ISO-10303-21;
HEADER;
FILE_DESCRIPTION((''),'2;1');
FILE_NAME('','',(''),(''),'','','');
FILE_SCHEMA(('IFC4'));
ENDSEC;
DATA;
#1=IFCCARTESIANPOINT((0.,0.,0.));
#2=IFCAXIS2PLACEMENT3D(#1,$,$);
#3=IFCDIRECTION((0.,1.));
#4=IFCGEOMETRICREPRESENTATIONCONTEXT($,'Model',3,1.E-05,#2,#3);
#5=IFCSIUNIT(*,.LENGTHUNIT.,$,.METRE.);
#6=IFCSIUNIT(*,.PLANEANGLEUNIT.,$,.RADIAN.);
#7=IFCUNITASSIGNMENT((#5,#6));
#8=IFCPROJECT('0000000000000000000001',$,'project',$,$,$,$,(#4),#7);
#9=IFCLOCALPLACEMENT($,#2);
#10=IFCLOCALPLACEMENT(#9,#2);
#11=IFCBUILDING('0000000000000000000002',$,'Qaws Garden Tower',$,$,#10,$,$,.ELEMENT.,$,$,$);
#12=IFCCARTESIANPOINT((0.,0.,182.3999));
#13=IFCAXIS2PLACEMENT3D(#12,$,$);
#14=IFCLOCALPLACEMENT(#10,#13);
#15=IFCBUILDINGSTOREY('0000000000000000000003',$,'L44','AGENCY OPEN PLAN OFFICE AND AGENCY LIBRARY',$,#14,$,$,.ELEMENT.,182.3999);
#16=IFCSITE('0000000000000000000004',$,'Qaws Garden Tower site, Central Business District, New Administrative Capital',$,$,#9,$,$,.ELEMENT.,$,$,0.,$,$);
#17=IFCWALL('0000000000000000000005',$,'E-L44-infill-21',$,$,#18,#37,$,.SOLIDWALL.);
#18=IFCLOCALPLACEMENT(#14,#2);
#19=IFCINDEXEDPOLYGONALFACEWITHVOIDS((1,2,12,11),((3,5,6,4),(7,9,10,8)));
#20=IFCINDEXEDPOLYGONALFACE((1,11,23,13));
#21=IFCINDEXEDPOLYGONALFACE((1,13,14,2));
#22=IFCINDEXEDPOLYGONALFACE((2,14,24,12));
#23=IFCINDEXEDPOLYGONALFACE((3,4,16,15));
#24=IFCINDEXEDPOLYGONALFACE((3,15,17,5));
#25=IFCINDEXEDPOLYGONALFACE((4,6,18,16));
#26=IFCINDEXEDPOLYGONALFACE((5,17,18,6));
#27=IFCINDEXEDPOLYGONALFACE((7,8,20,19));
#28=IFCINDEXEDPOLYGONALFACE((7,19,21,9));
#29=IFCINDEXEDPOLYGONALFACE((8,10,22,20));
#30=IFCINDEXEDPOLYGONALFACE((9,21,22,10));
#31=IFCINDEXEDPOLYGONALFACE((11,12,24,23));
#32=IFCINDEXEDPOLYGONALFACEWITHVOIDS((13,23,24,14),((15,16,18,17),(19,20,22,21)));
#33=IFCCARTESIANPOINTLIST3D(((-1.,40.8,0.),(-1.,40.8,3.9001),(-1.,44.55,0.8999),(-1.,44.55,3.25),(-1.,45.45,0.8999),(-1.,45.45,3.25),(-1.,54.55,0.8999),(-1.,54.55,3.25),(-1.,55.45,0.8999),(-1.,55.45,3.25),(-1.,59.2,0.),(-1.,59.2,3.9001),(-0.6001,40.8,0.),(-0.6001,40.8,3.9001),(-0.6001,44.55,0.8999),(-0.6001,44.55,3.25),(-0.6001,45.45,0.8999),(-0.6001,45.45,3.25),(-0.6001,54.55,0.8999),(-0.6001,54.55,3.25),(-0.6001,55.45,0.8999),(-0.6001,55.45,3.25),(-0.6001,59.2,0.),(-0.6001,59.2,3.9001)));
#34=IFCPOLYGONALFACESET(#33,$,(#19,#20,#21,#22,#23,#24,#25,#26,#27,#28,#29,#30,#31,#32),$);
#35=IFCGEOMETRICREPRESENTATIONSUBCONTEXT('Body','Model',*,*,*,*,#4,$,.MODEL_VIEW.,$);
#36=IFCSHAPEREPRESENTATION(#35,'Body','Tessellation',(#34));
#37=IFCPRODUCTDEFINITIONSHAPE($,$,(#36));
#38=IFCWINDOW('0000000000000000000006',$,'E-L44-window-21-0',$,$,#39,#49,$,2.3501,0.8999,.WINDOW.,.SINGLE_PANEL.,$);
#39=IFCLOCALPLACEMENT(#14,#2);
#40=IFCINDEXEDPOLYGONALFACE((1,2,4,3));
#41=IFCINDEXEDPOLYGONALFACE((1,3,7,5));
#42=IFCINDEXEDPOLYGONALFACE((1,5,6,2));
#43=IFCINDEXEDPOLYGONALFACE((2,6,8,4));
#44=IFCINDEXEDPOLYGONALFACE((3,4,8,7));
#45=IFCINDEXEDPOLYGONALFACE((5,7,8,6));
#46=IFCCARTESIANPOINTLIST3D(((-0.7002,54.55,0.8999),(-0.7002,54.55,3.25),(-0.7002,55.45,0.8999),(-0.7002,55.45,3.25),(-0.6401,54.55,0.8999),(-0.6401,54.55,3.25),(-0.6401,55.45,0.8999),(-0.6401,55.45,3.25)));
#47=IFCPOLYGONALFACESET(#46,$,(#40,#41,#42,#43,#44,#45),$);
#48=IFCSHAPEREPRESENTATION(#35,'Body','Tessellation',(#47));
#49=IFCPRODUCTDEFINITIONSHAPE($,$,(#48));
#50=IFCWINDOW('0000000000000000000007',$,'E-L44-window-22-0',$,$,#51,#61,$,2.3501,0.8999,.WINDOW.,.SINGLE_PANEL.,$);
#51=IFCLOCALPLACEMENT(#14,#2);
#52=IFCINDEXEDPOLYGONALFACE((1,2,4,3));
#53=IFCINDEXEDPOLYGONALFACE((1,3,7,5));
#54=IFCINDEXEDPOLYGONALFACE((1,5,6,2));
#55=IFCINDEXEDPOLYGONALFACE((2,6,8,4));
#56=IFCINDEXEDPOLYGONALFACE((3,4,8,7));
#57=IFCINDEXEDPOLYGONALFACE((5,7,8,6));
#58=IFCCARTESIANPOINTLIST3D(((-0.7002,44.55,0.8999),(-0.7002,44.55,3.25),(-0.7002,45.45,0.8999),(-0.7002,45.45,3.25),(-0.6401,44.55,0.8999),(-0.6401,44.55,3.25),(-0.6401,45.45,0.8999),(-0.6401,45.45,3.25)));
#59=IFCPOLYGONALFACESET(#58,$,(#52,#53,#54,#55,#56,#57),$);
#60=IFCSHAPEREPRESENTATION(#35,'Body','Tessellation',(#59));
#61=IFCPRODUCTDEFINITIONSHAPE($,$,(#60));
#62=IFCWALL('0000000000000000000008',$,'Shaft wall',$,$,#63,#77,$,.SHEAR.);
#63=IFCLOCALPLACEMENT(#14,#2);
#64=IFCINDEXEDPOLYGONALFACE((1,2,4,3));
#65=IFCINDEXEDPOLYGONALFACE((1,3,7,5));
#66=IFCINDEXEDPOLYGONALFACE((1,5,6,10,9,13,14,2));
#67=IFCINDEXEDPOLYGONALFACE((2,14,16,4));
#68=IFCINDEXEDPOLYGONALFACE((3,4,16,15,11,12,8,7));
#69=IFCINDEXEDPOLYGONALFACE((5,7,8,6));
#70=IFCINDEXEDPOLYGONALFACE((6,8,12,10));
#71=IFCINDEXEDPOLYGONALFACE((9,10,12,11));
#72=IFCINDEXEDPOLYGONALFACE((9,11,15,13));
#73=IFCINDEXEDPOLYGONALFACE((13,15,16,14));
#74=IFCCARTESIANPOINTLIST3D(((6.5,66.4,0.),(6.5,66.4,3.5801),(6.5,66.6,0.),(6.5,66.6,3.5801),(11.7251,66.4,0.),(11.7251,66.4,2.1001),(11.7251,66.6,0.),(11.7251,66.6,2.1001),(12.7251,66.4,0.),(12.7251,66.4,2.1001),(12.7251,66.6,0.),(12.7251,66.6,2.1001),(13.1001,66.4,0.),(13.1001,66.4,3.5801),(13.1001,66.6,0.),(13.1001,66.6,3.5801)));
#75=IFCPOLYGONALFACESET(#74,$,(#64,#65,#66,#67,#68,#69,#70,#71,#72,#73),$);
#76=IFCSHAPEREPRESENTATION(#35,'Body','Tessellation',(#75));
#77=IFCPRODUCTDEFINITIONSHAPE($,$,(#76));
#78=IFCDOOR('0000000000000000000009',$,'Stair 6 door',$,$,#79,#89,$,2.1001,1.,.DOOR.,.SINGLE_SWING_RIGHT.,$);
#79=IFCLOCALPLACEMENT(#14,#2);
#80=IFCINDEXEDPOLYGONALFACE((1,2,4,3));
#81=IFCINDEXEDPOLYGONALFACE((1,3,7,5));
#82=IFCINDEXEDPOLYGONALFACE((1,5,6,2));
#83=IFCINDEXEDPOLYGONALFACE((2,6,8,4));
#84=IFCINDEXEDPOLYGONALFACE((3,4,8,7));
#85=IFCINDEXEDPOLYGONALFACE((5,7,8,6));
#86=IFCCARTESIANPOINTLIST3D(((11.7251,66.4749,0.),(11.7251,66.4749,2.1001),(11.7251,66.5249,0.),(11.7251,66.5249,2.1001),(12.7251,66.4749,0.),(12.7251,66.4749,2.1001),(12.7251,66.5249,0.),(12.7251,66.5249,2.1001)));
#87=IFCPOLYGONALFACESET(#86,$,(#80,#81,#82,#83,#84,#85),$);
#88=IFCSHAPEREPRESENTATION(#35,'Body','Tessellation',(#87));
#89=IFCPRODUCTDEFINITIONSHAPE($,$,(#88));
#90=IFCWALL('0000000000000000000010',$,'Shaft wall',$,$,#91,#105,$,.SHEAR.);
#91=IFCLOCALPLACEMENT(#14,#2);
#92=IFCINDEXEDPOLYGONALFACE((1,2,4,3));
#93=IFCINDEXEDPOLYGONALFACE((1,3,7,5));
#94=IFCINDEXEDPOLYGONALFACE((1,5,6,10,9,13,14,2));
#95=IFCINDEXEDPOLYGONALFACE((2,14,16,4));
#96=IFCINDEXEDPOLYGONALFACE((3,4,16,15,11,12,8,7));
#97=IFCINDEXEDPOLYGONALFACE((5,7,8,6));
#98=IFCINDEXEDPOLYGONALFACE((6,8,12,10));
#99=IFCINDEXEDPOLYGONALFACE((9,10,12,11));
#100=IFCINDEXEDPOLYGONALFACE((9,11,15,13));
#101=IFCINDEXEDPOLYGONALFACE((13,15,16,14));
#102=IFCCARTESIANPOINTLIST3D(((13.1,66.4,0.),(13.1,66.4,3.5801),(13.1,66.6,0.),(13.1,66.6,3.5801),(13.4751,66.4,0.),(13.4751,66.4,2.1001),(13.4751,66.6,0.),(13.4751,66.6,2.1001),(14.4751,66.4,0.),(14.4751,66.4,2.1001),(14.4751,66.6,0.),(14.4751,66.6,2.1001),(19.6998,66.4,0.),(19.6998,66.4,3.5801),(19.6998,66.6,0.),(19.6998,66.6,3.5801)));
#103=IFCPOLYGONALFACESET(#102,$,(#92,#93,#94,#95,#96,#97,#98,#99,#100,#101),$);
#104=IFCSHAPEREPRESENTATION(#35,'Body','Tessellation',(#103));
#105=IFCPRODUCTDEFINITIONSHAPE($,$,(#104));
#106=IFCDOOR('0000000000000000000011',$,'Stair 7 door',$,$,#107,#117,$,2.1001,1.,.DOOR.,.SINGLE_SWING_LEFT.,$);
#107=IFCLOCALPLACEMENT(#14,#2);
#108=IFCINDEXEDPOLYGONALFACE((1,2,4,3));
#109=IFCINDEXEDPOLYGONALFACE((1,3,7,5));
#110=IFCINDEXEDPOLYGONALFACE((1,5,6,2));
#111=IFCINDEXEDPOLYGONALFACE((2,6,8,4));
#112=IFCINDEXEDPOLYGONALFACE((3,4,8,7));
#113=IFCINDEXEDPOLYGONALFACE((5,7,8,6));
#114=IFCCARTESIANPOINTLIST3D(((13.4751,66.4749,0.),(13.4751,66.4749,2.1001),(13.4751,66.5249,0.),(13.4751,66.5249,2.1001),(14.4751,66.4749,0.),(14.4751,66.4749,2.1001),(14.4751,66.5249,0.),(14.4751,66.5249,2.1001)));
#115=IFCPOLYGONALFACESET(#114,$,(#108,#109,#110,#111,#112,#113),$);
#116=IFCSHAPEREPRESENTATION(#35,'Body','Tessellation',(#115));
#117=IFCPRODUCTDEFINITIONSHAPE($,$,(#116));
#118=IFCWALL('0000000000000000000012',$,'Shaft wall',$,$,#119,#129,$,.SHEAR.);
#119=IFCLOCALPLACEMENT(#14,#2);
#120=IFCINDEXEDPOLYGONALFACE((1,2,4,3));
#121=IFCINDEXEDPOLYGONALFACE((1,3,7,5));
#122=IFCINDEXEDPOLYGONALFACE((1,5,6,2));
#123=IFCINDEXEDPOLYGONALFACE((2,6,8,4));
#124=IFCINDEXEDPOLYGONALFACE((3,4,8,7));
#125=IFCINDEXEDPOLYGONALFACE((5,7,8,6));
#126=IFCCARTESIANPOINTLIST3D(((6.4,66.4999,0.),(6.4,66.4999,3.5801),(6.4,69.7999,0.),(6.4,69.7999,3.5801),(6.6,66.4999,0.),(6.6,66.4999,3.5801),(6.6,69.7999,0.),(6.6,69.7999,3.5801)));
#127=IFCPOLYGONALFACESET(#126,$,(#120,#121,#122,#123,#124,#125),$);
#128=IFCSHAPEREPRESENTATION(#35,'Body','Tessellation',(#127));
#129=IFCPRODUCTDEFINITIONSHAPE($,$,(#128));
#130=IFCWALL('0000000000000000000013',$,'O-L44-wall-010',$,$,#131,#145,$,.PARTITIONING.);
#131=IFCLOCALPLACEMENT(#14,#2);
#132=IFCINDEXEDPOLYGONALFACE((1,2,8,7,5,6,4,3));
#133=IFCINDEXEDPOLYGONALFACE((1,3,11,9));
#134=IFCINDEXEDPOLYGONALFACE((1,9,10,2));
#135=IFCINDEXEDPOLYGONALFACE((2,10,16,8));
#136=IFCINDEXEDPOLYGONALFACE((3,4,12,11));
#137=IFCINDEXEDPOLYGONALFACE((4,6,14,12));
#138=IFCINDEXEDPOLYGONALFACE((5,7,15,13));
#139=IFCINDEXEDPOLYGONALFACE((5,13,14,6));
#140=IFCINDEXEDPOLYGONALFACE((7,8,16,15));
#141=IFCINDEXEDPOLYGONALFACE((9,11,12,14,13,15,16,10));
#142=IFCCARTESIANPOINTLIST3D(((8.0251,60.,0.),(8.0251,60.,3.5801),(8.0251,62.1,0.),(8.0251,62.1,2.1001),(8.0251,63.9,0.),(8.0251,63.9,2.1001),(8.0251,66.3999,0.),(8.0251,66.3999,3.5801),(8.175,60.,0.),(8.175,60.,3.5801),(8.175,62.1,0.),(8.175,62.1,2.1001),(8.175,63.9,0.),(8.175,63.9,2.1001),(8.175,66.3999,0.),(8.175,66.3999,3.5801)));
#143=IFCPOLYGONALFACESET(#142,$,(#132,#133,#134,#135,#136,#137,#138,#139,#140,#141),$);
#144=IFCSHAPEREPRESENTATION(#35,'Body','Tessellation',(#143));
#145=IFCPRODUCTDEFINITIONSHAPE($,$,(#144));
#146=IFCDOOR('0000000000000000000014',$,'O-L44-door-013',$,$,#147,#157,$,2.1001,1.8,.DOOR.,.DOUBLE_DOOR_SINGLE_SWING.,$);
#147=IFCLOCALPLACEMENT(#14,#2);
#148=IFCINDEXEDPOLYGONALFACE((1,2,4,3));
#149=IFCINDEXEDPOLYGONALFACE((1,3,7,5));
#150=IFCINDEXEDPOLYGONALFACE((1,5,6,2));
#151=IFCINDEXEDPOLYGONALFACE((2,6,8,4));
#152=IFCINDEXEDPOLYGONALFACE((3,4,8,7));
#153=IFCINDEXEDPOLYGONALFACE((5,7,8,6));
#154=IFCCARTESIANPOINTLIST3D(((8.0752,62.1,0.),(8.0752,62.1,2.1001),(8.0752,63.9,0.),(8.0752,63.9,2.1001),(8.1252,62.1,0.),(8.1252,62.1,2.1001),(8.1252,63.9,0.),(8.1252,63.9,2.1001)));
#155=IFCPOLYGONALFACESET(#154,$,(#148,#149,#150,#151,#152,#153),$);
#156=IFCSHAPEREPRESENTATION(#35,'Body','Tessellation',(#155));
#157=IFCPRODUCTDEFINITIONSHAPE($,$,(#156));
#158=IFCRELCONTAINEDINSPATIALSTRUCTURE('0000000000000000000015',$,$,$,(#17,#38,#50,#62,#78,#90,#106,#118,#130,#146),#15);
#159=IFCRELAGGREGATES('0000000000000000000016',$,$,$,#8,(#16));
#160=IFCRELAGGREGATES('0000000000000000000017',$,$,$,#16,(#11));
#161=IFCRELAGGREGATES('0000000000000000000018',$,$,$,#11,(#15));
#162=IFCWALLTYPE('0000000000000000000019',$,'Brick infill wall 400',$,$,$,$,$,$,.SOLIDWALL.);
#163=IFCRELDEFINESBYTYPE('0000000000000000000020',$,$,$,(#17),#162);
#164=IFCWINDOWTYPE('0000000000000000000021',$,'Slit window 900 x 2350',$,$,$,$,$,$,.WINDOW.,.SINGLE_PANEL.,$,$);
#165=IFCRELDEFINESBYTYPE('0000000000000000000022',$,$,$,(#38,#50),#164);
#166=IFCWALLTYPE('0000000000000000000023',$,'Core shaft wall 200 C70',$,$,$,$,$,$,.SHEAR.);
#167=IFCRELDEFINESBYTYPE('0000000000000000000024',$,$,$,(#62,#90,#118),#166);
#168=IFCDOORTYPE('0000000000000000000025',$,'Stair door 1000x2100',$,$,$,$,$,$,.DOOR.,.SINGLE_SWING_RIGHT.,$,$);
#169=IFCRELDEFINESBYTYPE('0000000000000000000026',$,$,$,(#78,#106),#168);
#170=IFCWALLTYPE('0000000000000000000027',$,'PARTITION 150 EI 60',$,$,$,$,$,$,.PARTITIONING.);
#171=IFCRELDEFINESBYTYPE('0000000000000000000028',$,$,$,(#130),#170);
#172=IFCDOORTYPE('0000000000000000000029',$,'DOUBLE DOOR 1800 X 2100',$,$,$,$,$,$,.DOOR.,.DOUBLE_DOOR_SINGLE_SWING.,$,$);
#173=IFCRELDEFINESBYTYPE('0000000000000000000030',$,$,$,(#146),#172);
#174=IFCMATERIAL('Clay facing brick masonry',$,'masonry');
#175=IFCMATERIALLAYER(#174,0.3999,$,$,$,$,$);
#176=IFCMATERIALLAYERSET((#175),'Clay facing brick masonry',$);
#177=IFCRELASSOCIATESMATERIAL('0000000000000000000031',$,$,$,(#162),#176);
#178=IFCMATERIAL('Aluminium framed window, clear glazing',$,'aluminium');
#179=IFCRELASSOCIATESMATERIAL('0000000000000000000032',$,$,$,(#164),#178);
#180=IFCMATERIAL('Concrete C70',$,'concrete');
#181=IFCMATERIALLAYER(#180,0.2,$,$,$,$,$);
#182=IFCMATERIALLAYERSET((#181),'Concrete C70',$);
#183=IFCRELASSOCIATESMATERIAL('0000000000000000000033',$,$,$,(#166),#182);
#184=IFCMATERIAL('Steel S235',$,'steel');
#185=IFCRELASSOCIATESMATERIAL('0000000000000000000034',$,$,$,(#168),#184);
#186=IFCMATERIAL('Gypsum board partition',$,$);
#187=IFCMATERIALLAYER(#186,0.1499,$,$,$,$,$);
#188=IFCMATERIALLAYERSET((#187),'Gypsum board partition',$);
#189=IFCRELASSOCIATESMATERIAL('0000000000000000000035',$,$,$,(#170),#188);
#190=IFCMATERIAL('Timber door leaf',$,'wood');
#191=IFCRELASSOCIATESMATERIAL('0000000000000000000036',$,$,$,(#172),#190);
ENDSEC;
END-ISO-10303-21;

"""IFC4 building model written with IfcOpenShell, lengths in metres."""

from ifc_helpers import new_model, si_unit, direction, frame, frame_2d, origin, place, context, subcontext, project, spatial, rectangle, extrude, material, layer, layer_set, type_object, element, fill, save


model = new_model("IFC4")

# Units and contexts
model_context = context("Model", 3, precision=1e-05, world=origin(), true_north=direction((0.0, 1.0)))
body_context = subcontext(model_context, "Body", "Model", "MODEL_VIEW")
ifc_project = project(units=[si_unit("LENGTHUNIT", "METRE"), si_unit("PLANEANGLEUNIT", "RADIAN")], contexts=[model_context])

# Site, building, storey
site_placement = place(None, origin())
site = spatial("IfcSite", under=ifc_project, at=site_placement, Name="Qaws Garden Tower site, Central Business District, New Administrative Capital", CompositionType="ELEMENT", RefElevation=0.0)
building_placement = place(site_placement, origin())
building = spatial("IfcBuilding", under=site, at=building_placement, Name="Qaws Garden Tower", CompositionType="ELEMENT")
storey_placement = place(building_placement, frame((0.0, 0.0, 182.3999)))
storey = spatial("IfcBuildingStorey", under=building, at=storey_placement, Name="L44", Description="AGENCY OPEN PLAN OFFICE AND AGENCY LIBRARY", CompositionType="ELEMENT", Elevation=182.3999)

# Shared definitions
ifc_material_1 = material(Name="Clay facing brick masonry", Category="masonry")
ifc_layer_1 = layer(ifc_material_1, 0.3999)
ifc_layer_set_1 = layer_set([ifc_layer_1], Name="Clay facing brick masonry")
wall_type_1 = type_object("IfcWallType", Name="Brick infill wall 400", PredefinedType="SOLIDWALL", material=ifc_layer_set_1)

# Wall, openings, windows
wall_1_placement = place(storey_placement, frame((-0.8, 59.2, 0.0), z_axis=(0.0, 0.0, 1.0), x_axis=(0.0, -1.0, 0.0)))
wall_1 = element("IfcWall", 1, at=wall_1_placement, inside=storey, type_object=wall_type_1, Name="E-L44-infill-21", PredefinedType="SOLIDWALL", context=body_context, shape_type="SweptSolid", body=[
    extrude(rectangle(XDim=18.3999, YDim=0.3999, at=frame_2d((9.2, 0.0))), origin(), (0.0, 0.0, 1.0), 3.9001),
])
opening_1_placement = place(wall_1_placement, frame((3.75, 0.0, 0.8999)))
opening_1 = element("IfcOpeningElement", 2, at=opening_1_placement, cuts=wall_1, PredefinedType="OPENING", context=body_context, shape_type="SweptSolid", body=[
    extrude(rectangle(XDim=0.8999, YDim=2.3501, at=frame_2d((0.45, 1.175))), frame((0.0, 0.21, 0.0), z_axis=(0.0, -1.0, 0.0), x_axis=(1.0, 0.0, 0.0)), (0.0, 0.0, 1.0), 0.4199),
])
opening_2_placement = place(wall_1_placement, frame((13.75, 0.0, 0.8999)))
opening_2 = element("IfcOpeningElement", 3, at=opening_2_placement, cuts=wall_1, PredefinedType="OPENING", context=body_context, shape_type="SweptSolid", body=[
    extrude(rectangle(XDim=0.8999, YDim=2.3501, at=frame_2d((0.45, 1.175))), frame((0.0, 0.21, 0.0), z_axis=(0.0, -1.0, 0.0), x_axis=(1.0, 0.0, 0.0)), (0.0, 0.0, 1.0), 0.4199),
])
ifc_material_2 = material(Name="Aluminium framed window, clear glazing", Category="aluminium")
window_type_1 = type_object("IfcWindowType", Name="Slit window 900 x 2350", PartitioningType="SINGLE_PANEL", PredefinedType="WINDOW", material=ifc_material_2)
window_1_placement = place(opening_1_placement, origin())
window_1 = element("IfcWindow", 4, at=window_1_placement, inside=storey, type_object=window_type_1, Name="E-L44-window-21-0", OverallHeight=2.3501, OverallWidth=0.8999, PartitioningType="SINGLE_PANEL", PredefinedType="WINDOW", context=body_context, shape_type="SweptSolid", body=[
    extrude(rectangle(XDim=0.8999, YDim=2.3501, at=frame_2d((0.45, 1.175))), frame((0.0, 0.1599, 0.0), z_axis=(0.0, -1.0, 0.0), x_axis=(1.0, 0.0, 0.0)), (0.0, 0.0, 1.0), 0.0601),
])
fill(opening_1, window_1)
window_2_placement = place(opening_2_placement, origin())
window_2 = element("IfcWindow", 5, at=window_2_placement, inside=storey, type_object=window_type_1, Name="E-L44-window-22-0", OverallHeight=2.3501, OverallWidth=0.8999, PartitioningType="SINGLE_PANEL", PredefinedType="WINDOW", context=body_context, shape_type="SweptSolid", body=[
    extrude(rectangle(XDim=0.8999, YDim=2.3501, at=frame_2d((0.45, 1.175))), frame((0.0, 0.1599, 0.0), z_axis=(0.0, -1.0, 0.0), x_axis=(1.0, 0.0, 0.0)), (0.0, 0.0, 1.0), 0.0601),
])
fill(opening_2, window_2)

# Walls, openings, doors
ifc_material_3 = material(Name="Concrete C70", Category="concrete")
ifc_layer_2 = layer(ifc_material_3, 0.2)
ifc_layer_set_2 = layer_set([ifc_layer_2], Name="Concrete C70")
wall_type_2 = type_object("IfcWallType", Name="Core shaft wall 200 C70", PredefinedType="SHEAR", material=ifc_layer_set_2)
wall_2_placement = place(storey_placement, frame((6.5, 66.5, 0.0), z_axis=(0.0, 0.0, 1.0), x_axis=(1.0, 0.0, 0.0)))
wall_2 = element("IfcWall", 6, at=wall_2_placement, inside=storey, type_object=wall_type_2, Name="Shaft wall", PredefinedType="SHEAR", context=body_context, shape_type="SweptSolid", body=[
    extrude(rectangle(XDim=6.6001, YDim=0.2, at=frame_2d((3.3, 0.0))), origin(), (0.0, 0.0, 1.0), 3.5801),
])
opening_3_placement = place(wall_2_placement, frame((5.2251, 0.0, 0.0)))
opening_3 = element("IfcOpeningElement", 7, at=opening_3_placement, cuts=wall_2, PredefinedType="OPENING", context=body_context, shape_type="SweptSolid", body=[
    extrude(rectangle(XDim=1.0, YDim=2.1001, at=frame_2d((0.5, 1.05))), frame((0.0, 0.1099, 0.0), z_axis=(0.0, -1.0, 0.0), x_axis=(1.0, 0.0, 0.0)), (0.0, 0.0, 1.0), 0.22),
])
ifc_material_4 = material(Name="Steel S235", Category="steel")
door_type_1 = type_object("IfcDoorType", Name="Stair door 1000x2100", OperationType="SINGLE_SWING_RIGHT", PredefinedType="DOOR", material=ifc_material_4)
door_1_placement = place(opening_3_placement, origin())
door_1 = element("IfcDoor", 8, at=door_1_placement, inside=storey, type_object=door_type_1, Name="Stair 6 door", OperationType="SINGLE_SWING_RIGHT", OverallHeight=2.1001, OverallWidth=1.0, PredefinedType="DOOR", context=body_context, shape_type="SweptSolid", body=[
    extrude(rectangle(XDim=1.0, YDim=2.1001, at=frame_2d((0.5, 1.05))), frame((0.0, 0.0249, 0.0), z_axis=(0.0, -1.0, 0.0), x_axis=(1.0, 0.0, 0.0)), (0.0, 0.0, 1.0), 0.05),
])
fill(opening_3, door_1)
wall_3_placement = place(storey_placement, frame((13.1001, 66.5, 0.0), z_axis=(0.0, 0.0, 1.0), x_axis=(1.0, 0.0, 0.0)))
wall_3 = element("IfcWall", 9, at=wall_3_placement, inside=storey, type_object=wall_type_2, Name="Shaft wall", PredefinedType="SHEAR", context=body_context, shape_type="SweptSolid", body=[
    extrude(rectangle(XDim=6.5999, YDim=0.2, at=frame_2d((3.2998, 0.0))), origin(), (0.0, 0.0, 1.0), 3.5801),
])
opening_4_placement = place(wall_3_placement, frame((0.375, 0.0, 0.0)))
opening_4 = element("IfcOpeningElement", 10, at=opening_4_placement, cuts=wall_3, PredefinedType="OPENING", context=body_context, shape_type="SweptSolid", body=[
    extrude(rectangle(XDim=1.0, YDim=2.1001, at=frame_2d((0.5, 1.05))), frame((0.0, 0.1099, 0.0), z_axis=(0.0, -1.0, 0.0), x_axis=(1.0, 0.0, 0.0)), (0.0, 0.0, 1.0), 0.22),
])
door_2_placement = place(opening_4_placement, origin())
door_2 = element("IfcDoor", 11, at=door_2_placement, inside=storey, type_object=door_type_1, Name="Stair 7 door", OperationType="SINGLE_SWING_LEFT", OverallHeight=2.1001, OverallWidth=1.0, PredefinedType="DOOR", context=body_context, shape_type="SweptSolid", body=[
    extrude(rectangle(XDim=1.0, YDim=2.1001, at=frame_2d((0.5, 1.05))), frame((0.0, 0.0249, 0.0), z_axis=(0.0, -1.0, 0.0), x_axis=(1.0, 0.0, 0.0)), (0.0, 0.0, 1.0), 0.05),
])
fill(opening_4, door_2)

# Wall
wall_4_placement = place(storey_placement, frame((6.5, 66.5, 0.0), z_axis=(0.0, 0.0, 1.0), x_axis=(0.0, 1.0, 0.0)))
element("IfcWall", 12, at=wall_4_placement, inside=storey, type_object=wall_type_2, Name="Shaft wall", PredefinedType="SHEAR", context=body_context, shape_type="SweptSolid", body=[
    extrude(rectangle(XDim=3.3, YDim=0.2, at=frame_2d((1.6499, 0.0))), origin(), (0.0, 0.0, 1.0), 3.5801),
])

# Wall, opening, door
ifc_material_5 = material(Name="Gypsum board partition")
ifc_layer_3 = layer(ifc_material_5, 0.1499)
ifc_layer_set_3 = layer_set([ifc_layer_3], Name="Gypsum board partition")
wall_type_3 = type_object("IfcWallType", Name="PARTITION 150 EI 60", PredefinedType="PARTITIONING", material=ifc_layer_set_3)
wall_5_placement = place(storey_placement, frame((8.1001, 60.0, 0.0), z_axis=(0.0, 0.0, 1.0), x_axis=(0.0, 1.0, 0.0)))
wall_5 = element("IfcWall", 13, at=wall_5_placement, inside=storey, type_object=wall_type_3, Name="O-L44-wall-010", PredefinedType="PARTITIONING", context=body_context, shape_type="SweptSolid", body=[
    extrude(rectangle(XDim=6.3999, YDim=0.1499, at=frame_2d((3.2, 0.0))), origin(), (0.0, 0.0, 1.0), 3.5801),
])
opening_5_placement = place(wall_5_placement, frame((2.1001, 0.0, 0.0)))
opening_5 = element("IfcOpeningElement", 14, at=opening_5_placement, cuts=wall_5, PredefinedType="OPENING", context=body_context, shape_type="SweptSolid", body=[
    extrude(rectangle(XDim=1.8, YDim=2.1001, at=frame_2d((0.8999, 1.05))), frame((0.0, 0.085, 0.0), z_axis=(0.0, -1.0, 0.0), x_axis=(1.0, 0.0, 0.0)), (0.0, 0.0, 1.0), 0.1699),
])
ifc_material_6 = material(Name="Timber door leaf", Category="wood")
door_type_2 = type_object("IfcDoorType", Name="DOUBLE DOOR 1800 X 2100", OperationType="DOUBLE_DOOR_SINGLE_SWING", PredefinedType="DOOR", material=ifc_material_6)
door_3_placement = place(opening_5_placement, origin())
door_3 = element("IfcDoor", 15, at=door_3_placement, inside=storey, type_object=door_type_2, Name="O-L44-door-013", OperationType="DOUBLE_DOOR_SINGLE_SWING", OverallHeight=2.1001, OverallWidth=1.8, PredefinedType="DOOR", context=body_context, shape_type="SweptSolid", body=[
    extrude(rectangle(XDim=1.8, YDim=2.1001, at=frame_2d((0.8999, 1.05))), frame((0.0, 0.0249, 0.0), z_axis=(0.0, -1.0, 0.0), x_axis=(1.0, 0.0, 0.0)), (0.0, 0.0, 1.0), 0.05),
])
fill(opening_5, door_3)

save(model, "model.ifc")
